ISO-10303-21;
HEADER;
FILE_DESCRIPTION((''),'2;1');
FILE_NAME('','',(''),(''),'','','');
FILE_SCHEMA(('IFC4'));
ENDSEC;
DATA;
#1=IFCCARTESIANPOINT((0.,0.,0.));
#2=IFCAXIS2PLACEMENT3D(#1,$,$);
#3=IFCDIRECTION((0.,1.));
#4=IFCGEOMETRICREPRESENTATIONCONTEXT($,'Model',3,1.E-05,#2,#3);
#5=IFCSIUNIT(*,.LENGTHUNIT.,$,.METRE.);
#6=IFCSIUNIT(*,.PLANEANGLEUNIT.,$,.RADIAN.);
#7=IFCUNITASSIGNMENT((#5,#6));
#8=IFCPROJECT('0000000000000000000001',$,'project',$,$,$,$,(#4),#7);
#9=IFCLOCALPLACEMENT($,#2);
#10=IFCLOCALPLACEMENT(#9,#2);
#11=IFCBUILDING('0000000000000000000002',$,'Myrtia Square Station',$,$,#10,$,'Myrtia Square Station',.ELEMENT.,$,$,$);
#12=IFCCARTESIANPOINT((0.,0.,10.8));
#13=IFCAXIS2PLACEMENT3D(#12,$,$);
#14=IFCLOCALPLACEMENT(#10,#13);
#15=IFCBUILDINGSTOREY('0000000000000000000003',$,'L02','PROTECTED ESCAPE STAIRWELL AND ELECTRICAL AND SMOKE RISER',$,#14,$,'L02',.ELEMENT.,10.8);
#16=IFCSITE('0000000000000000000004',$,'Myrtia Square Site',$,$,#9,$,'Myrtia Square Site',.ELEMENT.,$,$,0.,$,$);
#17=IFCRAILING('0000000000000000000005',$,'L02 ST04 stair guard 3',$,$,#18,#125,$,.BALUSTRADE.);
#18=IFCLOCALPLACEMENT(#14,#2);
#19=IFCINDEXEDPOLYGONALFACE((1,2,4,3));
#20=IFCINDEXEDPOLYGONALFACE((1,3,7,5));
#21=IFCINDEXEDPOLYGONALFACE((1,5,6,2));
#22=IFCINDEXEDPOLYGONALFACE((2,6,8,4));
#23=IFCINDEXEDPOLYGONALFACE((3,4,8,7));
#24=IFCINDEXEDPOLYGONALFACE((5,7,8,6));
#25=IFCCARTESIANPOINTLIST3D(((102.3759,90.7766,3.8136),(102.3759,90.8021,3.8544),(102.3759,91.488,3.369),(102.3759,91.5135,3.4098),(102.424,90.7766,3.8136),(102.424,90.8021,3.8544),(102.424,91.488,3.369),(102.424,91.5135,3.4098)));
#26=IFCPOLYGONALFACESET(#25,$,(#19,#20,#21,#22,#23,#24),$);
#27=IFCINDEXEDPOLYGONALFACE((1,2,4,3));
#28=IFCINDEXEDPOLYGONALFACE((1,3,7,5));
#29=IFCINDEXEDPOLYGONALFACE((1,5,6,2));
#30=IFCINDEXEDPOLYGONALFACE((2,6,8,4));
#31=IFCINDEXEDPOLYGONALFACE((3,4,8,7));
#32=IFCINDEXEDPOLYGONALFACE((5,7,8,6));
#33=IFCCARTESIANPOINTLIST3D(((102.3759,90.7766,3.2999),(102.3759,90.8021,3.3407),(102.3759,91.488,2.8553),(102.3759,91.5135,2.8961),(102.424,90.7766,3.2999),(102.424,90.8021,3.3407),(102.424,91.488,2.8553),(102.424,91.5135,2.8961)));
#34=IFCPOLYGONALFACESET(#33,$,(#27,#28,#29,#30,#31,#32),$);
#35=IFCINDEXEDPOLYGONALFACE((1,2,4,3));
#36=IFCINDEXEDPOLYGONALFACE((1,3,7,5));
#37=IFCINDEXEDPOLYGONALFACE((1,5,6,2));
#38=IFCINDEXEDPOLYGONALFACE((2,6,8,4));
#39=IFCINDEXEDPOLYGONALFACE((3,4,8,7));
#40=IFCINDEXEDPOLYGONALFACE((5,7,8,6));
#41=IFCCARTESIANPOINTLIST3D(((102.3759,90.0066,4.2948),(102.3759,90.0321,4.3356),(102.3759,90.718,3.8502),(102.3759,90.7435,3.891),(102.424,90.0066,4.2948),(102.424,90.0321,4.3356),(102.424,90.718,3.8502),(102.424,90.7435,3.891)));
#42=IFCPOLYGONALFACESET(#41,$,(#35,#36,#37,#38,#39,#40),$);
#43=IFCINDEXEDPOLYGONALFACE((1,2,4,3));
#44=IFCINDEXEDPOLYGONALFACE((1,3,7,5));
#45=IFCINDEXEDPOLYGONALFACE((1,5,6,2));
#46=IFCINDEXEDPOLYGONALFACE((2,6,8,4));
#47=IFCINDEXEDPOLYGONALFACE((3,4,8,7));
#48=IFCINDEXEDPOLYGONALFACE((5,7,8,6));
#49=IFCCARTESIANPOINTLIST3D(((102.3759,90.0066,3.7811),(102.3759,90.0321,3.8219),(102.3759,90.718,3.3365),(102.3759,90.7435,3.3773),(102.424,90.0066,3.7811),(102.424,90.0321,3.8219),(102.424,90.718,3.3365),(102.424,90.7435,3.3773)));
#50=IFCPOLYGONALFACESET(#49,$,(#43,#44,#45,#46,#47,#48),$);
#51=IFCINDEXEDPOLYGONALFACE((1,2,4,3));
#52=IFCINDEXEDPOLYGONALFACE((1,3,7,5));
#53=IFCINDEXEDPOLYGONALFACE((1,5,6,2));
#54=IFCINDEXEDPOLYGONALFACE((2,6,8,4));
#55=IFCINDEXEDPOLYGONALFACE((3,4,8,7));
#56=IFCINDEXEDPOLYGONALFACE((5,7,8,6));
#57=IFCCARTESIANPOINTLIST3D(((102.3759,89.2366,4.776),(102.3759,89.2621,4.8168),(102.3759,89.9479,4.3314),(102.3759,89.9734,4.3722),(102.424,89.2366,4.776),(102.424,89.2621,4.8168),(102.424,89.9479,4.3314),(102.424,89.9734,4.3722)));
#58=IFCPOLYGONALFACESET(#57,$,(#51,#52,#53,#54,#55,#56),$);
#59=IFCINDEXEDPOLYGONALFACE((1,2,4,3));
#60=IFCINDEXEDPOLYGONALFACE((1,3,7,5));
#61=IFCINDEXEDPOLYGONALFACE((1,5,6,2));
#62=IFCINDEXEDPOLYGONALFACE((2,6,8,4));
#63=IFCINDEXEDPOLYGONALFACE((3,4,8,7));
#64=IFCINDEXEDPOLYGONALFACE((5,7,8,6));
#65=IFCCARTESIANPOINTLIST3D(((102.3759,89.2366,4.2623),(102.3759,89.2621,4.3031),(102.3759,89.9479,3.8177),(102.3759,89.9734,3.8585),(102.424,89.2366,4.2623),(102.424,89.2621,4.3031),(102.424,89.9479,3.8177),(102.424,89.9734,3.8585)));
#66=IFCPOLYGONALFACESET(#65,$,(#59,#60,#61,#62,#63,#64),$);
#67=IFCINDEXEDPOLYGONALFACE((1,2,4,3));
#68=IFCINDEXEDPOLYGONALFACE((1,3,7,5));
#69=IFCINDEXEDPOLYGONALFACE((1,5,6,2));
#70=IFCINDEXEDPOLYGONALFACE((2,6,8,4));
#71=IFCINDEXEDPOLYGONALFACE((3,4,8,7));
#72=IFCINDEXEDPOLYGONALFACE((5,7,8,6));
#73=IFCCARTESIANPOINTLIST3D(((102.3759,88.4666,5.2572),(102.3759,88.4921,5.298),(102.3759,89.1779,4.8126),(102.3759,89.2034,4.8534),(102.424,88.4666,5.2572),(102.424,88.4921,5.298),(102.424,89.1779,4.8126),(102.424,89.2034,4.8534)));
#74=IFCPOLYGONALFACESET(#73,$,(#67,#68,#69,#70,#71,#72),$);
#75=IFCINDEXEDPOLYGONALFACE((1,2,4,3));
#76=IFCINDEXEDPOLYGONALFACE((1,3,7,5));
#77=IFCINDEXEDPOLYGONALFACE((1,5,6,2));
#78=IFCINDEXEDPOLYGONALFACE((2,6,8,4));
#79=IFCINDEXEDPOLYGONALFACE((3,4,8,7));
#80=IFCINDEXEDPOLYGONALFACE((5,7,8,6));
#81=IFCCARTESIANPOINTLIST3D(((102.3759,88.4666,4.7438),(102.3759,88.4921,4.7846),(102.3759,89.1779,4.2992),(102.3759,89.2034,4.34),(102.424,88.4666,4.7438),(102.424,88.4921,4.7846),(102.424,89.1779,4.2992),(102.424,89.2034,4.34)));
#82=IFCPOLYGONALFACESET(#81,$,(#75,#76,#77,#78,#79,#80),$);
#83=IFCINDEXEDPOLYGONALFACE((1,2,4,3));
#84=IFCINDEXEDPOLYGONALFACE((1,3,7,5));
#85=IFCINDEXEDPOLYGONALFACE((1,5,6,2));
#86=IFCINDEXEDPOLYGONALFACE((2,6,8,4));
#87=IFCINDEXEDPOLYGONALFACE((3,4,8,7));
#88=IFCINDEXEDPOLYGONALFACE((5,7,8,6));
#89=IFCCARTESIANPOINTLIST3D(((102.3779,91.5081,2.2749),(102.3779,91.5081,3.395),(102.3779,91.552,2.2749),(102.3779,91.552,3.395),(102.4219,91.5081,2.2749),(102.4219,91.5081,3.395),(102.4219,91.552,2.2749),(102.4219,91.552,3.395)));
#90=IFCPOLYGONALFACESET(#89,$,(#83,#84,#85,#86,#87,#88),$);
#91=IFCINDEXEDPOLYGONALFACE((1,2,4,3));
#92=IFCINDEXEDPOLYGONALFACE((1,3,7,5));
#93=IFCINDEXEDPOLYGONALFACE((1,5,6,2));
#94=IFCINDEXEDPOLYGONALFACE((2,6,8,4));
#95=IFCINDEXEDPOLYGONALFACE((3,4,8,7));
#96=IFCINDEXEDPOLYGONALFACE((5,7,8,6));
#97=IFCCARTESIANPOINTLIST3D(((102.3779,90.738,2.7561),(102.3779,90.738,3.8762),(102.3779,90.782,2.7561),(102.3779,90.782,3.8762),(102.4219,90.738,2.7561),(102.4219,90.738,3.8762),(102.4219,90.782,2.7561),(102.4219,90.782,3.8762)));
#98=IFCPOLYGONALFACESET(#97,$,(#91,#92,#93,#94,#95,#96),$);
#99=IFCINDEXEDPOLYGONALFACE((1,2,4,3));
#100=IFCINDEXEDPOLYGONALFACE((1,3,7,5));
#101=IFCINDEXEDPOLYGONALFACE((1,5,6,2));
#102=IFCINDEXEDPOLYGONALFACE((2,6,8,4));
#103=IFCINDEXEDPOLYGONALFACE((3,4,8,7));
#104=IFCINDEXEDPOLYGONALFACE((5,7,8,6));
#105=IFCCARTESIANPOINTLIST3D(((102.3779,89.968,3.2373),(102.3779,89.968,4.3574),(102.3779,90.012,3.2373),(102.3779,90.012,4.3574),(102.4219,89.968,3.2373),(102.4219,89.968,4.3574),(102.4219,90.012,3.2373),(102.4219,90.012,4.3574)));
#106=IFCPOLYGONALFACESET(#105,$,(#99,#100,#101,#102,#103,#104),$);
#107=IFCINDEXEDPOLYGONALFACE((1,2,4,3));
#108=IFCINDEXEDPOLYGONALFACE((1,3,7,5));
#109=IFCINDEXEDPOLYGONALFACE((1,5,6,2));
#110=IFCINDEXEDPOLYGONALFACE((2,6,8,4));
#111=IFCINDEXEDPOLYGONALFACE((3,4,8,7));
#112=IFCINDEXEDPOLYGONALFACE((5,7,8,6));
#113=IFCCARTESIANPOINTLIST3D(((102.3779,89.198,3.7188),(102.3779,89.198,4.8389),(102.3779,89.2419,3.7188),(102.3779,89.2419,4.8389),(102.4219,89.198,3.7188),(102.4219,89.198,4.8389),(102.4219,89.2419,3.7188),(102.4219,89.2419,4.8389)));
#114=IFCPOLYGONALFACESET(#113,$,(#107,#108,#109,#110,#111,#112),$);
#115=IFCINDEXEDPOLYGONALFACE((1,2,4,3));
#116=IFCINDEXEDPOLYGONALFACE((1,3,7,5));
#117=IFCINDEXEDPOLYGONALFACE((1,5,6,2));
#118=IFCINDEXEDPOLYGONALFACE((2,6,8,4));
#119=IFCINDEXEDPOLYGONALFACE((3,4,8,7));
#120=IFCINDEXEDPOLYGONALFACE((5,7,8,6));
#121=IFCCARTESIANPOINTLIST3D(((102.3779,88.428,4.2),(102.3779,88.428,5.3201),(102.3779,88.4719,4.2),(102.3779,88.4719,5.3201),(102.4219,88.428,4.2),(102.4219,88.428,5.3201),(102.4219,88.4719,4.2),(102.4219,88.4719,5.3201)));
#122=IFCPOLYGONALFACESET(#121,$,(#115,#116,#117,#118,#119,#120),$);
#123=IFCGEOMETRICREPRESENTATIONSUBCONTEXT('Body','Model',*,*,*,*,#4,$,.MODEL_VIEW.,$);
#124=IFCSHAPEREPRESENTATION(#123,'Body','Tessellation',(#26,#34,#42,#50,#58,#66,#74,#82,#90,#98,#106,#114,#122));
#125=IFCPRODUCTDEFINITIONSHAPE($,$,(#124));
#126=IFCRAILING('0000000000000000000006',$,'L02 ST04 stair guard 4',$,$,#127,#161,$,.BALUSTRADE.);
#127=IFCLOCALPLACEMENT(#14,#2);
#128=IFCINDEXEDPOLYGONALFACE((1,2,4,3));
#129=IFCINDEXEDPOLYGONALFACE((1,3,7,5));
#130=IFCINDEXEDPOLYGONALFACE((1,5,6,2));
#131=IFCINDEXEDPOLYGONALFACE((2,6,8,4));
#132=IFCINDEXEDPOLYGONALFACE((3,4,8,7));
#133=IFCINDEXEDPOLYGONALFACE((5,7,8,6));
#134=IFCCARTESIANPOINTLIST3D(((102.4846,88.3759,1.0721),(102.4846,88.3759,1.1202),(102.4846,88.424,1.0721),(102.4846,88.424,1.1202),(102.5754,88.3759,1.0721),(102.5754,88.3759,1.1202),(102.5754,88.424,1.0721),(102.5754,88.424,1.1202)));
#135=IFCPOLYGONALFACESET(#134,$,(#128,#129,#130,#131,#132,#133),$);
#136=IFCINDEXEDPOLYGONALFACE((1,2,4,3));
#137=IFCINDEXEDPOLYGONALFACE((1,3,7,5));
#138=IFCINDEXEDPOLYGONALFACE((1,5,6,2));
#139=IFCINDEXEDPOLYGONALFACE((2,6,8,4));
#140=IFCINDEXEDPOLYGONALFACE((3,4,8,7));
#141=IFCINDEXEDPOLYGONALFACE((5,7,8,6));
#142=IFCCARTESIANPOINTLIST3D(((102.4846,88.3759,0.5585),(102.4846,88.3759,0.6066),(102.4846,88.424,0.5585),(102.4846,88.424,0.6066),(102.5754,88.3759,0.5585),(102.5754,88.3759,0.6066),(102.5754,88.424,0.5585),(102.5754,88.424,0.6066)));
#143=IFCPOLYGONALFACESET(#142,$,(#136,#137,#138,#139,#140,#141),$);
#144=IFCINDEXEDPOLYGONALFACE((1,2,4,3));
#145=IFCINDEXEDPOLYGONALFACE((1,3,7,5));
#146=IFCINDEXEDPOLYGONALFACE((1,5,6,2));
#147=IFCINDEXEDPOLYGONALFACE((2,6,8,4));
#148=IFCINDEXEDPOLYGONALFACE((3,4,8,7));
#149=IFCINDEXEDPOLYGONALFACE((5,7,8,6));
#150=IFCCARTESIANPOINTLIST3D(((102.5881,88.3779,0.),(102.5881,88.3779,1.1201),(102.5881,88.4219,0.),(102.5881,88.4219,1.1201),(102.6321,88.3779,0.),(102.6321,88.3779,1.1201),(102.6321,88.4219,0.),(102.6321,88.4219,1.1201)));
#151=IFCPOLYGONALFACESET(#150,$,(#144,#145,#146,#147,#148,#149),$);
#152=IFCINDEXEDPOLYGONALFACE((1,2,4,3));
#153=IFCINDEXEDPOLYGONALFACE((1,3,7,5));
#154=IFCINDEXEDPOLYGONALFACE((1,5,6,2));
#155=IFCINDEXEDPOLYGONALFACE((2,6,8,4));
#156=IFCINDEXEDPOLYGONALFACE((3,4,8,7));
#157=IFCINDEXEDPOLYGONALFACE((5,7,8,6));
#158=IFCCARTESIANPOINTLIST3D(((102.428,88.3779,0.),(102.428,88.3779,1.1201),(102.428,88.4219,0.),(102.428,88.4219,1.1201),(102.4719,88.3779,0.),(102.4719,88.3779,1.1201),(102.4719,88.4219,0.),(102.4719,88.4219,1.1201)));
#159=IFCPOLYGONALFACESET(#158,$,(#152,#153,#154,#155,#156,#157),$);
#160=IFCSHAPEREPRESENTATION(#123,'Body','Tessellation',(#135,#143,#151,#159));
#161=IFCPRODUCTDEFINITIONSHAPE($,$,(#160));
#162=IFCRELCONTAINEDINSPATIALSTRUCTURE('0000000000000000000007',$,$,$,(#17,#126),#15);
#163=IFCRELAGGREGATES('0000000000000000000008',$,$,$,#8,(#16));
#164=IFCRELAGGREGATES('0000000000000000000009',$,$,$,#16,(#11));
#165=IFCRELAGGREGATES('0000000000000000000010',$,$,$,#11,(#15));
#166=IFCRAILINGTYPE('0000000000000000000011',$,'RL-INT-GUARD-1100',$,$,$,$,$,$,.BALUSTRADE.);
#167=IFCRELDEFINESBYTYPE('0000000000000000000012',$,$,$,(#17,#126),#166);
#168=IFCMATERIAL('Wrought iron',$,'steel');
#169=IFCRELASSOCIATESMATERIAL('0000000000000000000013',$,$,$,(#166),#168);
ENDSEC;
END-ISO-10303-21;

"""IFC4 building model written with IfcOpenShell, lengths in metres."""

from ifc_helpers import new_model, si_unit, direction, frame, origin, origin_2d, place, context, subcontext, project, spatial, rectangle, extrude, material, type_object, element, save


model = new_model("IFC4")

# Units and contexts
model_context = context("Model", 3, precision=1e-05, world=origin(), true_north=direction((0.0, 1.0)))
body_context = subcontext(model_context, "Body", "Model", "MODEL_VIEW")
ifc_project = project(units=[si_unit("LENGTHUNIT", "METRE"), si_unit("PLANEANGLEUNIT", "RADIAN")], contexts=[model_context])

# Site, building, storey
site_placement = place(None, origin())
site = spatial("IfcSite", under=ifc_project, at=site_placement, Name="Myrtia Square Site", LongName="Myrtia Square Site", CompositionType="ELEMENT", RefElevation=0.0)
building_placement = place(site_placement, origin())
building = spatial("IfcBuilding", under=site, at=building_placement, Name="Myrtia Square Station", LongName="Myrtia Square Station", CompositionType="ELEMENT")
storey_placement = place(building_placement, frame((0.0, 0.0, 10.8)))
storey = spatial("IfcBuildingStorey", under=building, at=storey_placement, Name="L02", Description="PROTECTED ESCAPE STAIRWELL AND ELECTRICAL AND SMOKE RISER", LongName="L02", CompositionType="ELEMENT", Elevation=10.8)

# Railings
ifc_material_1 = material(Name="Wrought iron", Category="steel")
railing_type_1 = type_object("IfcRailingType", Name="RL-INT-GUARD-1100", PredefinedType="BALUSTRADE", material=ifc_material_1)
railing_1_placement = place(storey_placement, frame((102.3999, 91.53, 2.2749)))
element("IfcRailing", 1, at=railing_1_placement, inside=storey, type_object=railing_type_1, Name="L02 ST04 stair guard 3", PredefinedType="BALUSTRADE", context=body_context, shape_type="SweptSolid", body=[
    extrude(rectangle(XDim=0.0481, YDim=0.0481, at=origin_2d()), frame((0.0, -0.0293, 1.1145), z_axis=(0.0, -0.847998, 0.529999), x_axis=(1.0, 0.0, 0.0)), (0.0, 0.0, 1.0), 0.8389),
    extrude(rectangle(XDim=0.0481, YDim=0.0481, at=origin_2d()), frame((0.0, -0.0293, 0.6008), z_axis=(0.0, -0.847998, 0.529999), x_axis=(1.0, 0.0, 0.0)), (0.0, 0.0, 1.0), 0.8389),
    extrude(rectangle(XDim=0.0481, YDim=0.0481, at=origin_2d()), frame((0.0, -0.7993, 1.5957), z_axis=(0.0, -0.847998, 0.529999), x_axis=(1.0, 0.0, 0.0)), (0.0, 0.0, 1.0), 0.8389),
    extrude(rectangle(XDim=0.0481, YDim=0.0481, at=origin_2d()), frame((0.0, -0.7993, 1.082), z_axis=(0.0, -0.847998, 0.529999), x_axis=(1.0, 0.0, 0.0)), (0.0, 0.0, 1.0), 0.8389),
    extrude(rectangle(XDim=0.0481, YDim=0.0481, at=origin_2d()), frame((0.0, -1.5693, 2.0769), z_axis=(0.0, -0.847998, 0.529999), x_axis=(1.0, 0.0, 0.0)), (0.0, 0.0, 1.0), 0.8389),
    extrude(rectangle(XDim=0.0481, YDim=0.0481, at=origin_2d()), frame((0.0, -1.5693, 1.5632), z_axis=(0.0, -0.847998, 0.529999), x_axis=(1.0, 0.0, 0.0)), (0.0, 0.0, 1.0), 0.8389),
    extrude(rectangle(XDim=0.0481, YDim=0.0481, at=origin_2d()), frame((0.0, -2.3394, 2.5581), z_axis=(0.0, -0.847998, 0.529999), x_axis=(1.0, 0.0, 0.0)), (0.0, 0.0, 1.0), 0.8389),
    extrude(rectangle(XDim=0.0481, YDim=0.0481, at=origin_2d()), frame((0.0, -2.3394, 2.0447), z_axis=(0.0, -0.847998, 0.529999), x_axis=(1.0, 0.0, 0.0)), (0.0, 0.0, 1.0), 0.8389),
    extrude(rectangle(XDim=0.0439, YDim=0.0439, at=origin_2d()), origin(), (0.0, 0.0, 1.0), 1.1201),
    extrude(rectangle(XDim=0.0439, YDim=0.0439, at=origin_2d()), frame((0.0, -0.77, 0.4812)), (0.0, 0.0, 1.0), 1.1201),
    extrude(rectangle(XDim=0.0439, YDim=0.0439, at=origin_2d()), frame((0.0, -1.54, 0.9624)), (0.0, 0.0, 1.0), 1.1201),
    extrude(rectangle(XDim=0.0439, YDim=0.0439, at=origin_2d()), frame((0.0, -2.3101, 1.4438)), (0.0, 0.0, 1.0), 1.1201),
    extrude(rectangle(XDim=0.0439, YDim=0.0439, at=origin_2d()), frame((0.0, -3.0801, 1.925)), (0.0, 0.0, 1.0), 1.1201),
])
railing_2_placement = place(storey_placement, frame((102.6101, 88.3999, 0.0)))
element("IfcRailing", 2, at=railing_2_placement, inside=storey, type_object=railing_type_1, Name="L02 ST04 stair guard 4", PredefinedType="BALUSTRADE", context=body_context, shape_type="SweptSolid", body=[
    extrude(rectangle(XDim=0.0481, YDim=0.0481, at=origin_2d()), frame((-0.0347, 0.0, 1.0962), z_axis=(-1.0, 0.0, 0.0), x_axis=(0.0, -1.0, 0.0)), (0.0, 0.0, 1.0), 0.0908),
    extrude(rectangle(XDim=0.0481, YDim=0.0481, at=origin_2d()), frame((-0.0347, 0.0, 0.5825), z_axis=(-1.0, 0.0, 0.0), x_axis=(0.0, -1.0, 0.0)), (0.0, 0.0, 1.0), 0.0908),
    extrude(rectangle(XDim=0.0439, YDim=0.0439, at=origin_2d()), origin(), (0.0, 0.0, 1.0), 1.1201),
    extrude(rectangle(XDim=0.0439, YDim=0.0439, at=origin_2d()), frame((-0.1602, 0.0, 0.0)), (0.0, 0.0, 1.0), 1.1201),
])

save(model, "model.ifc")
